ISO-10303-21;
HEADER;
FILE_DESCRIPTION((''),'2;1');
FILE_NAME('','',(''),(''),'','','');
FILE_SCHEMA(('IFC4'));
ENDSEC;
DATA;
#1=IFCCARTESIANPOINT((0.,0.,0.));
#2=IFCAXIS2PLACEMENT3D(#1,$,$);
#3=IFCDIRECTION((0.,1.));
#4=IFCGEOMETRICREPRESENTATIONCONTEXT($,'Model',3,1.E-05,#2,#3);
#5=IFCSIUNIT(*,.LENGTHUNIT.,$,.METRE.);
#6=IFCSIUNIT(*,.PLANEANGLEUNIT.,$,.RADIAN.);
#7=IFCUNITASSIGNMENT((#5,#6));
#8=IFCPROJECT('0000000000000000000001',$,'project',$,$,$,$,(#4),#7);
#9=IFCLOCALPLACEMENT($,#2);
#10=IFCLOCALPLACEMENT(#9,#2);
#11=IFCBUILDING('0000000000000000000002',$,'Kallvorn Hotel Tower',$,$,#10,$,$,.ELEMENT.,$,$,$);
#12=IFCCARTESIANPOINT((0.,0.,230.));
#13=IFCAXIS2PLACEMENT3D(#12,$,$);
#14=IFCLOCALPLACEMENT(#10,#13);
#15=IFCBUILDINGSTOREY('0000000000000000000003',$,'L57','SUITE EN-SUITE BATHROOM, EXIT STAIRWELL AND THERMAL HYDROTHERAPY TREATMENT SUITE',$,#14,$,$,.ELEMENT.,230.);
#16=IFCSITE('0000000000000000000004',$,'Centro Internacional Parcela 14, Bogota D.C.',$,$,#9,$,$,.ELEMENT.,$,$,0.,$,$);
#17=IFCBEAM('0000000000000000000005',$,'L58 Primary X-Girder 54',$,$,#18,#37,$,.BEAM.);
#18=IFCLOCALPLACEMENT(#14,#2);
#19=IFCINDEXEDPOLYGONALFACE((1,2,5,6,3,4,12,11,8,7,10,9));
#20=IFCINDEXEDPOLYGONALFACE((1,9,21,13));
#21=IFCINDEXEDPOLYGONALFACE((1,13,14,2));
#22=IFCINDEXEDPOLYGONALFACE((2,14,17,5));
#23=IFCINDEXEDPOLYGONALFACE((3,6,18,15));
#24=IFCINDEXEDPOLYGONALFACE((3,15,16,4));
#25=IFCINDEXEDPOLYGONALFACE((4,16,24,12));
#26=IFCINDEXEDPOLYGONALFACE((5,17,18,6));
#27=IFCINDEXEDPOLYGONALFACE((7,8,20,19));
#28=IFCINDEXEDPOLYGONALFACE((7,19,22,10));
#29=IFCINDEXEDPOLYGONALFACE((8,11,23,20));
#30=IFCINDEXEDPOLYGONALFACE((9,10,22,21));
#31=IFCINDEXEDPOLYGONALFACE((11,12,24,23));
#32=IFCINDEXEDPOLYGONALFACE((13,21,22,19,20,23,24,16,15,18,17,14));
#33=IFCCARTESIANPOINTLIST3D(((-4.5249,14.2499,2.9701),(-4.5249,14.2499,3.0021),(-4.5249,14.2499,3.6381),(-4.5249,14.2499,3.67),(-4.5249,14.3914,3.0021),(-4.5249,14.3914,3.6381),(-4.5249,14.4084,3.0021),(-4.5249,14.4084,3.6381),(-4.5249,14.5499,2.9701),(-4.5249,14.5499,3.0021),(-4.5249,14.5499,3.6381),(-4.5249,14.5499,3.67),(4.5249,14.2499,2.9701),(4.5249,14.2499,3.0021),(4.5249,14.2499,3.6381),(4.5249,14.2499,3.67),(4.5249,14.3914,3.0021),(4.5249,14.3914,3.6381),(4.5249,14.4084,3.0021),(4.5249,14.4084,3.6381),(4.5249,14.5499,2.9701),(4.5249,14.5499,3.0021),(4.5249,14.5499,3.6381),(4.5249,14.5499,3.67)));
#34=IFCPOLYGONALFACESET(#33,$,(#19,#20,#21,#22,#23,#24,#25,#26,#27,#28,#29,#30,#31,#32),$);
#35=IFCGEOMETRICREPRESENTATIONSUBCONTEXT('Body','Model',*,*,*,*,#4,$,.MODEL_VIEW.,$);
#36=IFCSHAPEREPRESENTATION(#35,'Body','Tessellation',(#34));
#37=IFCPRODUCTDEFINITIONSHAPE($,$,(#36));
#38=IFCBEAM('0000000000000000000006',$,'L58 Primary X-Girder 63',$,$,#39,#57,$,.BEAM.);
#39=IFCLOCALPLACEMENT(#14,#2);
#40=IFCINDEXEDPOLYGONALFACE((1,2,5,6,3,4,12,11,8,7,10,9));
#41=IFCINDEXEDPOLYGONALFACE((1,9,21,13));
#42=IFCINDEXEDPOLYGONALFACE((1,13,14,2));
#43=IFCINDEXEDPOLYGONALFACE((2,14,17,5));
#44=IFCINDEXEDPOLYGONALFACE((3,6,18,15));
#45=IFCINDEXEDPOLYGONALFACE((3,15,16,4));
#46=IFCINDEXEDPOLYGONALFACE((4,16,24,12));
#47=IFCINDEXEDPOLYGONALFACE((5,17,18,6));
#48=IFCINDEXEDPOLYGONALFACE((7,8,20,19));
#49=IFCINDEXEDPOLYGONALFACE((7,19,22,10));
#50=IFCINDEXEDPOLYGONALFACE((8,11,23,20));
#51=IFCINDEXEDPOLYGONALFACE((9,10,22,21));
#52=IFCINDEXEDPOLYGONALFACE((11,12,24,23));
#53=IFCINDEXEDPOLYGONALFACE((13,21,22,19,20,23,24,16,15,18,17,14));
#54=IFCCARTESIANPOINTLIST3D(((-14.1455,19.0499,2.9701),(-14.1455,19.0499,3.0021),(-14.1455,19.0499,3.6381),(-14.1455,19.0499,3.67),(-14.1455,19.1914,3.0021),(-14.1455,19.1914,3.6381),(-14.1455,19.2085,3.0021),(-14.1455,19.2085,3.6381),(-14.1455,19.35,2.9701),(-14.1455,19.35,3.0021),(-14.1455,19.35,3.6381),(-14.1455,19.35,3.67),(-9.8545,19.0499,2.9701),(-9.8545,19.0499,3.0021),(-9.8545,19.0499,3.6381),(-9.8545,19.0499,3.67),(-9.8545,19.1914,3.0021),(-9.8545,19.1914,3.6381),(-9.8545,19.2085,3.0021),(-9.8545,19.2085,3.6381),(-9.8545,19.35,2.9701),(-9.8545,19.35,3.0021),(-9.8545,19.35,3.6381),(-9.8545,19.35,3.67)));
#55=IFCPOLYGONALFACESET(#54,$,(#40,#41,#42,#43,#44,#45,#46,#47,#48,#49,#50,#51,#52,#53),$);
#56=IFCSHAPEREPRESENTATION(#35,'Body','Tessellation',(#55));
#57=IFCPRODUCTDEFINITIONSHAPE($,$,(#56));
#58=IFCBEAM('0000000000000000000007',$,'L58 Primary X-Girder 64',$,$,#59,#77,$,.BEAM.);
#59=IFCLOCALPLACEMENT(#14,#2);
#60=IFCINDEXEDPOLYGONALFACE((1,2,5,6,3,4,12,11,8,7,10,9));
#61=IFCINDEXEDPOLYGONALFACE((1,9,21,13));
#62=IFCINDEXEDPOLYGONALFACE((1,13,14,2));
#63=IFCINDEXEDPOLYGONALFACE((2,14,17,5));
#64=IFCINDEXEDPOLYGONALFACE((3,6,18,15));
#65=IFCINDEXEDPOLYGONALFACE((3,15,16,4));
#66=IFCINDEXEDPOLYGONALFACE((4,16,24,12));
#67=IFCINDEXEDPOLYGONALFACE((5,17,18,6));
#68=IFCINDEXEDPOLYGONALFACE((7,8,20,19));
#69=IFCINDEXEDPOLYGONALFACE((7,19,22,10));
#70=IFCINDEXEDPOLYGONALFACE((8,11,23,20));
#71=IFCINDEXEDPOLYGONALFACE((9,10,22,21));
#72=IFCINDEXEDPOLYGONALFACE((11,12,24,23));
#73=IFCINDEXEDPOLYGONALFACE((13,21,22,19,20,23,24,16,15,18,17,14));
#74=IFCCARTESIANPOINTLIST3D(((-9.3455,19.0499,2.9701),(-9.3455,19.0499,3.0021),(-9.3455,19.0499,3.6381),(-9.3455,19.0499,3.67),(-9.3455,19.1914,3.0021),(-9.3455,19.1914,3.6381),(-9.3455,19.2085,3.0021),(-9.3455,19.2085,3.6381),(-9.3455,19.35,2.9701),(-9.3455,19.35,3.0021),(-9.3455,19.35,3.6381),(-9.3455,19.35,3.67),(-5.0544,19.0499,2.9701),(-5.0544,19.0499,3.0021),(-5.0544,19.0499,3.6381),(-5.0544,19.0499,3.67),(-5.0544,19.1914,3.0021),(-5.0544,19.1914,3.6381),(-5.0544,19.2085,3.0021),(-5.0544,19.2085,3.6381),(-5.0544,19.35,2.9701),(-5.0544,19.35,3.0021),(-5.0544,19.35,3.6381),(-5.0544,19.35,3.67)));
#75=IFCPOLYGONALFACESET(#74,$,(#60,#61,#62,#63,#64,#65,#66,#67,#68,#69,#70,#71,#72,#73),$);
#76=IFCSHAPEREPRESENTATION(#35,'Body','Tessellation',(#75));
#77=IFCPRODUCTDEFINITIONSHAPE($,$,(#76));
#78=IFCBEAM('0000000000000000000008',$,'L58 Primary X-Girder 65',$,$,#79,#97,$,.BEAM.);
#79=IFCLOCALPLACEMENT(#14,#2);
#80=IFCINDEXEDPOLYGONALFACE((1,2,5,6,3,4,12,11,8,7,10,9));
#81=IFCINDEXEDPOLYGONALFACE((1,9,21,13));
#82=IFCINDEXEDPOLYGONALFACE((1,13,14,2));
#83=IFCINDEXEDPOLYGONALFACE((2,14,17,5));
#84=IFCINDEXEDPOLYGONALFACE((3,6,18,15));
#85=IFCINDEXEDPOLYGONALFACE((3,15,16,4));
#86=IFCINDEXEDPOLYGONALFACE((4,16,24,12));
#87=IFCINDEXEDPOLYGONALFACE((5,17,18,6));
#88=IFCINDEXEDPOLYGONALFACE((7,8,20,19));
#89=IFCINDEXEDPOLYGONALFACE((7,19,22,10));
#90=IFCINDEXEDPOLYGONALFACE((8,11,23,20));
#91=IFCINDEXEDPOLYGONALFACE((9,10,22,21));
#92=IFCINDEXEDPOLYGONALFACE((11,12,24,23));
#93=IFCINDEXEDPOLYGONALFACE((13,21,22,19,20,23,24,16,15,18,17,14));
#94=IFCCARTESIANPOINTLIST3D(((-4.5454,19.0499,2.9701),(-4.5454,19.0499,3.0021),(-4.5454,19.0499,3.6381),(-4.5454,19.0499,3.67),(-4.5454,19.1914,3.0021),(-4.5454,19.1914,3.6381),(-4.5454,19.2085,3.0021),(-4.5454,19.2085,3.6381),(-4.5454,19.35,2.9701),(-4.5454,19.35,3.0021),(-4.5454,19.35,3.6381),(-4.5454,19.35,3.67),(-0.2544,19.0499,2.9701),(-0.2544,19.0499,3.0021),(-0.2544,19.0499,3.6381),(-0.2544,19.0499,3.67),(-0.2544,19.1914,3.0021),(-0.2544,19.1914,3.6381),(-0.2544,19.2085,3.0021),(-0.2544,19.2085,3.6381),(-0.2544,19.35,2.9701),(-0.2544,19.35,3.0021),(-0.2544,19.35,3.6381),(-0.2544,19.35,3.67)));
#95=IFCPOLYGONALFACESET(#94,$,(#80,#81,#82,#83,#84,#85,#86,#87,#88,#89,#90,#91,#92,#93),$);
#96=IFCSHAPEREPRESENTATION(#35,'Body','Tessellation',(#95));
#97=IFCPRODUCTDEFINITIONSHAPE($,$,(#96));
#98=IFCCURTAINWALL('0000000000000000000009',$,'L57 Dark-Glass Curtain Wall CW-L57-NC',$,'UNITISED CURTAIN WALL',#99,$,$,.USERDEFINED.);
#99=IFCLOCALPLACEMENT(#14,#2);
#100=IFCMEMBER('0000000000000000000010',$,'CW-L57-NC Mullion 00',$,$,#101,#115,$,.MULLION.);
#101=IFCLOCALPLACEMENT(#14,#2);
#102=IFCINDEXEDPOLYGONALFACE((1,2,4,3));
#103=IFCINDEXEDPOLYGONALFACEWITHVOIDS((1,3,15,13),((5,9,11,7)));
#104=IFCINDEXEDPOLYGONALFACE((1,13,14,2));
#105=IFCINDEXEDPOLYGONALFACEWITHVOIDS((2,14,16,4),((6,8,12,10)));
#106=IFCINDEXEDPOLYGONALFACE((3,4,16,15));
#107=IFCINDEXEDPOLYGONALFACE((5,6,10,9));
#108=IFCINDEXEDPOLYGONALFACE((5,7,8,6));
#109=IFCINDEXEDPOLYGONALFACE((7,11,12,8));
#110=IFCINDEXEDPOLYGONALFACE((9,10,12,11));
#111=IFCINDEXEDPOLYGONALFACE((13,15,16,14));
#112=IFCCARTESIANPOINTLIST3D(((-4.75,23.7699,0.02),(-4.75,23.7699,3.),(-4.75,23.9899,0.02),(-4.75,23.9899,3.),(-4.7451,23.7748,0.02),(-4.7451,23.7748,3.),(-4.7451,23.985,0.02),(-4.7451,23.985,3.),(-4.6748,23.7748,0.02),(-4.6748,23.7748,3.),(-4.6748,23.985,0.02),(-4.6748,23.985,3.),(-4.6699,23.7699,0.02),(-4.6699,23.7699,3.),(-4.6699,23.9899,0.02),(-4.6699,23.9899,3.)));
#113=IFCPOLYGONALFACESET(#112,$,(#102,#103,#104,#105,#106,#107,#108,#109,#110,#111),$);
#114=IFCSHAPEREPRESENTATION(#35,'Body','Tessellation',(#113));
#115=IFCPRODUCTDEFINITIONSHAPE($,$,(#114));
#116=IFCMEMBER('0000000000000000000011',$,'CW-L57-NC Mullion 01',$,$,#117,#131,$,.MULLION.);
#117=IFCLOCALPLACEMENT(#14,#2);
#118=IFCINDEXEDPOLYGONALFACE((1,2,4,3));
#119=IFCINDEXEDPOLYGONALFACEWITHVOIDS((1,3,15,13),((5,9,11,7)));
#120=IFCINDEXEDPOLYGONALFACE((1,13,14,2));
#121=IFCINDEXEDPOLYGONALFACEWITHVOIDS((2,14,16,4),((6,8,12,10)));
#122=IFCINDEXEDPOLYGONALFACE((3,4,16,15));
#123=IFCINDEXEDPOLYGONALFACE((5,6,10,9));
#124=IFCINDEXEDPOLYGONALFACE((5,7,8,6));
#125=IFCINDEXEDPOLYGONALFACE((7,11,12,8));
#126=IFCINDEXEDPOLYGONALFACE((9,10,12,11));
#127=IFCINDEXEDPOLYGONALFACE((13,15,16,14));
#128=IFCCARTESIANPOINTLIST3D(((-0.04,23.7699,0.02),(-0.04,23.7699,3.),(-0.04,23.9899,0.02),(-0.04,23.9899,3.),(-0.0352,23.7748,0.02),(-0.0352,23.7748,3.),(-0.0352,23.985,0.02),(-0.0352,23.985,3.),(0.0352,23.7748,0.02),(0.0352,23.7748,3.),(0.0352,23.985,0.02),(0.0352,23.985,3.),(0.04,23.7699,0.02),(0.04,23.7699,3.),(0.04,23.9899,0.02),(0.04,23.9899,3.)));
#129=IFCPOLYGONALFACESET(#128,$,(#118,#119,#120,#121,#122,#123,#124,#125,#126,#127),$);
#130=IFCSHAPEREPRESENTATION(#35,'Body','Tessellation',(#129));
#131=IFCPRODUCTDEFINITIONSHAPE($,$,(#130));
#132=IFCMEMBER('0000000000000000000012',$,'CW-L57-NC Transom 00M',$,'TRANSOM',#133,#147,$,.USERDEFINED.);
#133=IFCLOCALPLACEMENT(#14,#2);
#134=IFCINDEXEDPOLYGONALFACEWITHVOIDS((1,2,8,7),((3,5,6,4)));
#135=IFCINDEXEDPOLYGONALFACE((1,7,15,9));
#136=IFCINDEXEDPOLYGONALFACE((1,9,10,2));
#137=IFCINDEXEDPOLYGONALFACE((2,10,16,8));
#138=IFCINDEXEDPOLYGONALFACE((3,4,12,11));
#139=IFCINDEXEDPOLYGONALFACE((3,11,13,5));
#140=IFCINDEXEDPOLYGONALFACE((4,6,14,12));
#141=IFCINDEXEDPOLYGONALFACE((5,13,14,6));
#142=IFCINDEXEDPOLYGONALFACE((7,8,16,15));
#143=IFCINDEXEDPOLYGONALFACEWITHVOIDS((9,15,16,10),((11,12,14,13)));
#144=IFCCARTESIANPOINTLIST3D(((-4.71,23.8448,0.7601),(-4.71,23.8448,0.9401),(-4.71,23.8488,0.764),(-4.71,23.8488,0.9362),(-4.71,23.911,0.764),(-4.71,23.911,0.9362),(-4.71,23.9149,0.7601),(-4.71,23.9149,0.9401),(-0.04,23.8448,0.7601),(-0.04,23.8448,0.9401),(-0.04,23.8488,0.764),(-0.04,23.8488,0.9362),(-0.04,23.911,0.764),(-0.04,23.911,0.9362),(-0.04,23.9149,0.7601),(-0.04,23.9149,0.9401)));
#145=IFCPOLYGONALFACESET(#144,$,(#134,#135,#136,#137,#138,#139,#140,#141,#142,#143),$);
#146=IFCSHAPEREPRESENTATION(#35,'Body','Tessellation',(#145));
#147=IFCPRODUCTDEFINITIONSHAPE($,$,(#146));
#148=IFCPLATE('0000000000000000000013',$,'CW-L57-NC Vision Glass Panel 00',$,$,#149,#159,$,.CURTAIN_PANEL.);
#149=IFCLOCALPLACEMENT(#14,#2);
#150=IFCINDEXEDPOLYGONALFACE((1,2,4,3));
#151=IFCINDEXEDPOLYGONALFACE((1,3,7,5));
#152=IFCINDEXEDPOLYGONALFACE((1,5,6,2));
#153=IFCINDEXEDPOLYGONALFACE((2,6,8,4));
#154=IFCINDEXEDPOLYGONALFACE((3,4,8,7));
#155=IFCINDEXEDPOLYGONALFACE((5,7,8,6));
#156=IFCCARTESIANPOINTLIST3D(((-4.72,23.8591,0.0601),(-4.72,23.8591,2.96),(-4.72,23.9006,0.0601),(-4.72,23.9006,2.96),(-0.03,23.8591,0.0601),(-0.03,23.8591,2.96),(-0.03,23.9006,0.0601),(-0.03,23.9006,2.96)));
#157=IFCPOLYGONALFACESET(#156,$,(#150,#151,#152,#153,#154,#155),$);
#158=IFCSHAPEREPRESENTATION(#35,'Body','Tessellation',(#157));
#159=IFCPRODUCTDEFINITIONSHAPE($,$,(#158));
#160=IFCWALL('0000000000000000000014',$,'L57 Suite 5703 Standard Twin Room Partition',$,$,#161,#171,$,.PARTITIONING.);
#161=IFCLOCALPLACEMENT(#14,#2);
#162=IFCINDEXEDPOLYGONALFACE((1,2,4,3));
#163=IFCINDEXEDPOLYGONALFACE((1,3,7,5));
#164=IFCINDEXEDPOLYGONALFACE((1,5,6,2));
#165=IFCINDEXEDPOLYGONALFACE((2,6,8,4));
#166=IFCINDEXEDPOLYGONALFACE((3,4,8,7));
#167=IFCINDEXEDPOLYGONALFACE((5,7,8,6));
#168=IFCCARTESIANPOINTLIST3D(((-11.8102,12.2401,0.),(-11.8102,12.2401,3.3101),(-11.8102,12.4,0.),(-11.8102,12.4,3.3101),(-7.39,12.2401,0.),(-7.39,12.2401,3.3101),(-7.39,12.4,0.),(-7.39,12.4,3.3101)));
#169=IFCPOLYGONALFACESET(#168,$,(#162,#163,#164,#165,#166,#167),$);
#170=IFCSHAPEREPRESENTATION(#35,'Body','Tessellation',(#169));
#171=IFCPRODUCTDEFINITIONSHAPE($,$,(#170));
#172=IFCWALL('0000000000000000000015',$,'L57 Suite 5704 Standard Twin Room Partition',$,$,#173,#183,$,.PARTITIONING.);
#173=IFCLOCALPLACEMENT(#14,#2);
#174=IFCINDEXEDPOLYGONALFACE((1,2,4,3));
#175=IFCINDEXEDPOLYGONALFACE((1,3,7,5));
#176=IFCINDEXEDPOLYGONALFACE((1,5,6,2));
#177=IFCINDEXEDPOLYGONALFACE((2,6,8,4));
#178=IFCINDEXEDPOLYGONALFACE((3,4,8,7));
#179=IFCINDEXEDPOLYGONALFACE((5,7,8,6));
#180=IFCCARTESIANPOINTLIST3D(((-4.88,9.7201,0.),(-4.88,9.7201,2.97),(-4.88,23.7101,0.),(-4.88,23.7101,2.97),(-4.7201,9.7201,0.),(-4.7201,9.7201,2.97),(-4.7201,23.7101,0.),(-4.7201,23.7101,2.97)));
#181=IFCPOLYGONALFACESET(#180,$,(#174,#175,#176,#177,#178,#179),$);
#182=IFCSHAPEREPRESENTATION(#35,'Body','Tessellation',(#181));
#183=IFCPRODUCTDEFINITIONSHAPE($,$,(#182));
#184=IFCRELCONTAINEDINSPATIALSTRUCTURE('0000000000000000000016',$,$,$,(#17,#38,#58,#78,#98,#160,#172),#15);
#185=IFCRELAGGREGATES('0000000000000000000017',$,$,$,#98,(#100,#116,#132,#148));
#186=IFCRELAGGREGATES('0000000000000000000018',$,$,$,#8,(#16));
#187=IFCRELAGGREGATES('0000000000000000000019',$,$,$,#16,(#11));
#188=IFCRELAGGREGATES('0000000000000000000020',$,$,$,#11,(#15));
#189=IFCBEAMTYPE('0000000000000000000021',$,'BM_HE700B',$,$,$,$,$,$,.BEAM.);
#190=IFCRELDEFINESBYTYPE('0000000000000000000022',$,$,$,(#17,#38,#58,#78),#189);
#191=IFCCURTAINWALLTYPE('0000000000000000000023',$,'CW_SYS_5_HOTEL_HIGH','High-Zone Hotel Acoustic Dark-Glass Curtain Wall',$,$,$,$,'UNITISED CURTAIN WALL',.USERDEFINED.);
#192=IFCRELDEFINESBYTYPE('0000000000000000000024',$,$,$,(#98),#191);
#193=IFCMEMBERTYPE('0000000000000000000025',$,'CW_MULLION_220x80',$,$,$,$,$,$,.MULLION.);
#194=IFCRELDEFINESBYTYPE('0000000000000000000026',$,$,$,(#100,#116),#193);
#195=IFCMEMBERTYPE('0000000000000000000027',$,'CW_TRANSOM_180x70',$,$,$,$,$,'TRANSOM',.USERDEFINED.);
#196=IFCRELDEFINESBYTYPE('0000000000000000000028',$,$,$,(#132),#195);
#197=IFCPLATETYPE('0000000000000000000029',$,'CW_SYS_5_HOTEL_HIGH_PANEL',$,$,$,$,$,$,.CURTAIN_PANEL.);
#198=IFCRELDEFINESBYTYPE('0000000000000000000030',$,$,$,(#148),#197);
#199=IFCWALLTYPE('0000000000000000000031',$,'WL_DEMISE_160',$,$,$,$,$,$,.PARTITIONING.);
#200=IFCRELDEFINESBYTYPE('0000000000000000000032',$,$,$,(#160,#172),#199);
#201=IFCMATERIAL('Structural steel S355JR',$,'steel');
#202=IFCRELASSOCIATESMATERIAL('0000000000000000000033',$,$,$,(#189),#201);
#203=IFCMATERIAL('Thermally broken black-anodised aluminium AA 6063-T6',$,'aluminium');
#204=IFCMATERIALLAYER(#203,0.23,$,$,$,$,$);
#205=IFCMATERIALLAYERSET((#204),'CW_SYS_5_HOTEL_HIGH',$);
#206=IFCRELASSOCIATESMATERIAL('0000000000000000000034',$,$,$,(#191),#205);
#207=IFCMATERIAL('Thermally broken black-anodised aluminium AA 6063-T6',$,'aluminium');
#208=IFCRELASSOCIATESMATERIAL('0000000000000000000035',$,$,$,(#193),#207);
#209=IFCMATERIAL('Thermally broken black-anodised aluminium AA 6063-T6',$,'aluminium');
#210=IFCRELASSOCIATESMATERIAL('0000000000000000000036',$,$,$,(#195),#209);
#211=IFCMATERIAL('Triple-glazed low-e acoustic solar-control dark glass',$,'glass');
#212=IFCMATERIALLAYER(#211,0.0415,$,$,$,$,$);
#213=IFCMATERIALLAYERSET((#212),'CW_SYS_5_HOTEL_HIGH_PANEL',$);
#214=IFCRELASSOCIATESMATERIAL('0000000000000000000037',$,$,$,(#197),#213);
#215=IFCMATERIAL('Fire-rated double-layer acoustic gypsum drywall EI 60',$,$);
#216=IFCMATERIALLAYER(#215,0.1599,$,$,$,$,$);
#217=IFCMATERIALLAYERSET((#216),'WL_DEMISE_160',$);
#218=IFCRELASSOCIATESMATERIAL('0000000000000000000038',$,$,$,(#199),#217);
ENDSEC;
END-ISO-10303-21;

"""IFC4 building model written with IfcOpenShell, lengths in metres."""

from ifc_helpers import new_model, si_unit, direction, frame, frame_2d, origin, origin_2d, place, context, subcontext, project, spatial, rectangle, hollow_rectangle, i_section, extrude, material, layer, layer_set, material_profile, profile_set, type_object, element, aggregate, save


model = new_model("IFC4")

# Units and contexts
model_context = context("Model", 3, precision=1e-05, world=origin(), true_north=direction((0.0, 1.0)))
body_context = subcontext(model_context, "Body", "Model", "MODEL_VIEW")
ifc_project = project(units=[si_unit("LENGTHUNIT", "METRE"), si_unit("PLANEANGLEUNIT", "RADIAN")], contexts=[model_context])

# Site, building, storey
site_placement = place(None, origin())
site = spatial("IfcSite", under=ifc_project, at=site_placement, Name="Centro Internacional Parcela 14, Bogota D.C.", CompositionType="ELEMENT", RefElevation=0.0)
building_placement = place(site_placement, origin())
building = spatial("IfcBuilding", under=site, at=building_placement, Name="Kallvorn Hotel Tower", CompositionType="ELEMENT")
storey_placement = place(building_placement, frame((0.0, 0.0, 230.0)))
storey = spatial("IfcBuildingStorey", under=building, at=storey_placement, Name="L57", Description="SUITE EN-SUITE BATHROOM, EXIT STAIRWELL AND THERMAL HYDROTHERAPY TREATMENT SUITE", CompositionType="ELEMENT", Elevation=230.0)

# Beams
ifc_material_1 = material(Name="Structural steel S355JR", Category="steel")
ifc_material_profile_1 = material_profile(ifc_material_1, i_section(OverallWidth=0.3, OverallDepth=0.7, WebThickness=0.0171, FlangeThickness=0.032, at=origin_2d()), Name="HE 700 B")
ifc_profile_set_1 = profile_set([ifc_material_profile_1], Name="Structural steel S355JR")
beam_type_1 = type_object("IfcBeamType", Name="BM_HE700B", PredefinedType="BEAM", material=ifc_profile_set_1)
beam_1_placement = place(storey_placement, frame((-4.5249, 14.3999, 3.3201), z_axis=(1.0, 0.0, 0.0), x_axis=(0.0, 1.0, 0.0)))
element("IfcBeam", 1, at=beam_1_placement, inside=storey, type_object=beam_type_1, Name="L58 Primary X-Girder 54", PredefinedType="BEAM", context=body_context, shape_type="SweptSolid", body=[
    extrude(i_section(OverallWidth=0.3, OverallDepth=0.7, WebThickness=0.0171, FlangeThickness=0.032, at=origin_2d()), origin(), (0.0, 0.0, 1.0), 9.0498),
])
for number, where, z_axis, x_axis, name in (
    (2, (-14.1455, 19.2, 3.3201), (1.0, 0.0, 0.0), (0.0, 1.0, 0.0), "L58 Primary X-Girder 63"),
    (3, (-9.3455, 19.2, 3.3201), (1.0, 0.0, 0.0), (0.0, 1.0, 0.0), "L58 Primary X-Girder 64"),
    (4, (-4.5454, 19.2, 3.3201), (1.0, 0.0, 0.0), (0.0, 1.0, 0.0), "L58 Primary X-Girder 65"),
):
    element("IfcBeam", number, at=place(storey_placement, frame(where, z_axis=z_axis, x_axis=x_axis)), inside=storey, type_object=beam_type_1, Name=name, PredefinedType="BEAM", context=body_context, shape_type="SweptSolid", body=[
        extrude(i_section(OverallWidth=0.3, OverallDepth=0.7, WebThickness=0.0171, FlangeThickness=0.032, at=origin_2d()), origin(), (0.0, 0.0, 1.0), 4.291),
    ])

# Curtain wall, members, plate
ifc_material_2 = material(Name="Thermally broken black-anodised aluminium AA 6063-T6", Category="aluminium")
ifc_layer_1 = layer(ifc_material_2, 0.23)
ifc_layer_set_1 = layer_set([ifc_layer_1], Name="CW_SYS_5_HOTEL_HIGH")
curtain_wall_type = type_object("IfcCurtainWallType", Name="CW_SYS_5_HOTEL_HIGH", Description="High-Zone Hotel Acoustic Dark-Glass Curtain Wall", ElementType="UNITISED CURTAIN WALL", PredefinedType="USERDEFINED", material=ifc_layer_set_1)
curtain_wall_placement = place(storey_placement, origin())
curtain_wall = element("IfcCurtainWall", 5, at=curtain_wall_placement, inside=storey, type_object=curtain_wall_type, Name="L57 Dark-Glass Curtain Wall CW-L57-NC", ObjectType="UNITISED CURTAIN WALL", PredefinedType="USERDEFINED")
ifc_material_3 = material(Name="Thermally broken black-anodised aluminium AA 6063-T6", Category="aluminium")
ifc_material_profile_2 = material_profile(ifc_material_3, hollow_rectangle(XDim=0.0801, YDim=0.22, WallThickness=0.0049, at=origin_2d()), Name="MUL 220x80")
ifc_profile_set_2 = profile_set([ifc_material_profile_2], Name="Thermally broken black-anodised aluminium AA 6063-T6")
member_type_1 = type_object("IfcMemberType", Name="CW_MULLION_220x80", PredefinedType="MULLION", material=ifc_profile_set_2)
member_1_placement = place(storey_placement, frame((-4.71, 23.8799, 0.02), z_axis=(0.0, 0.0, 1.0), x_axis=(1.0, 0.0, 0.0)))
member_1 = element("IfcMember", 6, at=member_1_placement, type_object=member_type_1, Name="CW-L57-NC Mullion 00", PredefinedType="MULLION", context=body_context, shape_type="SweptSolid", body=[
    extrude(hollow_rectangle(XDim=0.0801, YDim=0.22, WallThickness=0.0049, at=origin_2d()), origin(), (0.0, 0.0, 1.0), 2.98),
])
member_2_placement = place(storey_placement, frame((0.0, 23.8799, 0.02), z_axis=(0.0, 0.0, 1.0), x_axis=(1.0, 0.0, 0.0)))
member_2 = element("IfcMember", 7, at=member_2_placement, type_object=member_type_1, Name="CW-L57-NC Mullion 01", PredefinedType="MULLION", context=body_context, shape_type="SweptSolid", body=[
    extrude(hollow_rectangle(XDim=0.0801, YDim=0.22, WallThickness=0.0049, at=origin_2d()), origin(), (0.0, 0.0, 1.0), 2.98),
])
ifc_material_4 = material(Name="Thermally broken black-anodised aluminium AA 6063-T6", Category="aluminium")
ifc_material_profile_3 = material_profile(ifc_material_4, hollow_rectangle(XDim=0.0701, YDim=0.1799, WallThickness=0.0039, at=origin_2d()), Name="TRN 180x70")
ifc_profile_set_3 = profile_set([ifc_material_profile_3], Name="Thermally broken black-anodised aluminium AA 6063-T6")
member_type_2 = type_object("IfcMemberType", Name="CW_TRANSOM_180x70", ElementType="TRANSOM", PredefinedType="USERDEFINED", material=ifc_profile_set_3)
member_3_placement = place(storey_placement, frame((-4.71, 23.8799, 0.8501), z_axis=(1.0, 0.0, 0.0), x_axis=(0.0, 1.0, 0.0)))
member_3 = element("IfcMember", 8, at=member_3_placement, type_object=member_type_2, Name="CW-L57-NC Transom 00M", ObjectType="TRANSOM", PredefinedType="USERDEFINED", context=body_context, shape_type="SweptSolid", body=[
    extrude(hollow_rectangle(XDim=0.0701, YDim=0.1799, WallThickness=0.0039, at=origin_2d()), origin(), (0.0, 0.0, 1.0), 4.6699),
])
ifc_material_5 = material(Name="Triple-glazed low-e acoustic solar-control dark glass", Category="glass")
ifc_layer_2 = layer(ifc_material_5, 0.0415)
ifc_layer_set_2 = layer_set([ifc_layer_2], Name="CW_SYS_5_HOTEL_HIGH_PANEL")
plate_type = type_object("IfcPlateType", Name="CW_SYS_5_HOTEL_HIGH_PANEL", PredefinedType="CURTAIN_PANEL", material=ifc_layer_set_2)
plate_placement = place(storey_placement, frame((-2.375, 23.8799, 0.0601), z_axis=(0.0, 0.0, 1.0), x_axis=(1.0, 0.0, 0.0)))
plate = element("IfcPlate", 9, at=plate_placement, type_object=plate_type, Name="CW-L57-NC Vision Glass Panel 00", PredefinedType="CURTAIN_PANEL", context=body_context, shape_type="SweptSolid", body=[
    extrude(rectangle(XDim=4.6899, YDim=0.0415, at=origin_2d()), origin(), (0.0, 0.0, 1.0), 2.8999),
])
aggregate(curtain_wall, [member_1, member_2, member_3, plate])

# Walls
ifc_material_6 = material(Name="Fire-rated double-layer acoustic gypsum drywall EI 60")
ifc_layer_3 = layer(ifc_material_6, 0.1599)
ifc_layer_set_3 = layer_set([ifc_layer_3], Name="WL_DEMISE_160")
wall_type = type_object("IfcWallType", Name="WL_DEMISE_160", PredefinedType="PARTITIONING", material=ifc_layer_set_3)
wall_1_placement = place(storey_placement, frame((-11.8101, 12.3201, 0.0), z_axis=(0.0, 0.0, 1.0), x_axis=(1.0, 0.0, 0.0)))
element("IfcWall", 10, at=wall_1_placement, inside=storey, type_object=wall_type, Name="L57 Suite 5703 Standard Twin Room Partition", PredefinedType="PARTITIONING", context=body_context, shape_type="SweptSolid", body=[
    extrude(rectangle(XDim=4.4202, YDim=0.1599, at=frame_2d((2.21, 0.0))), origin(), (0.0, 0.0, 1.0), 3.3101),
])
wall_2_placement = place(storey_placement, frame((-4.8, 9.72, 0.0), z_axis=(0.0, 0.0, 1.0), x_axis=(0.0, 1.0, 0.0)))
element("IfcWall", 11, at=wall_2_placement, inside=storey, type_object=wall_type, Name="L57 Suite 5704 Standard Twin Room Partition", PredefinedType="PARTITIONING", context=body_context, shape_type="SweptSolid", body=[
    extrude(rectangle(XDim=13.99, YDim=0.1599, at=frame_2d((6.9951, 0.0))), origin(), (0.0, 0.0, 1.0), 2.97),
])

save(model, "model.ifc")
